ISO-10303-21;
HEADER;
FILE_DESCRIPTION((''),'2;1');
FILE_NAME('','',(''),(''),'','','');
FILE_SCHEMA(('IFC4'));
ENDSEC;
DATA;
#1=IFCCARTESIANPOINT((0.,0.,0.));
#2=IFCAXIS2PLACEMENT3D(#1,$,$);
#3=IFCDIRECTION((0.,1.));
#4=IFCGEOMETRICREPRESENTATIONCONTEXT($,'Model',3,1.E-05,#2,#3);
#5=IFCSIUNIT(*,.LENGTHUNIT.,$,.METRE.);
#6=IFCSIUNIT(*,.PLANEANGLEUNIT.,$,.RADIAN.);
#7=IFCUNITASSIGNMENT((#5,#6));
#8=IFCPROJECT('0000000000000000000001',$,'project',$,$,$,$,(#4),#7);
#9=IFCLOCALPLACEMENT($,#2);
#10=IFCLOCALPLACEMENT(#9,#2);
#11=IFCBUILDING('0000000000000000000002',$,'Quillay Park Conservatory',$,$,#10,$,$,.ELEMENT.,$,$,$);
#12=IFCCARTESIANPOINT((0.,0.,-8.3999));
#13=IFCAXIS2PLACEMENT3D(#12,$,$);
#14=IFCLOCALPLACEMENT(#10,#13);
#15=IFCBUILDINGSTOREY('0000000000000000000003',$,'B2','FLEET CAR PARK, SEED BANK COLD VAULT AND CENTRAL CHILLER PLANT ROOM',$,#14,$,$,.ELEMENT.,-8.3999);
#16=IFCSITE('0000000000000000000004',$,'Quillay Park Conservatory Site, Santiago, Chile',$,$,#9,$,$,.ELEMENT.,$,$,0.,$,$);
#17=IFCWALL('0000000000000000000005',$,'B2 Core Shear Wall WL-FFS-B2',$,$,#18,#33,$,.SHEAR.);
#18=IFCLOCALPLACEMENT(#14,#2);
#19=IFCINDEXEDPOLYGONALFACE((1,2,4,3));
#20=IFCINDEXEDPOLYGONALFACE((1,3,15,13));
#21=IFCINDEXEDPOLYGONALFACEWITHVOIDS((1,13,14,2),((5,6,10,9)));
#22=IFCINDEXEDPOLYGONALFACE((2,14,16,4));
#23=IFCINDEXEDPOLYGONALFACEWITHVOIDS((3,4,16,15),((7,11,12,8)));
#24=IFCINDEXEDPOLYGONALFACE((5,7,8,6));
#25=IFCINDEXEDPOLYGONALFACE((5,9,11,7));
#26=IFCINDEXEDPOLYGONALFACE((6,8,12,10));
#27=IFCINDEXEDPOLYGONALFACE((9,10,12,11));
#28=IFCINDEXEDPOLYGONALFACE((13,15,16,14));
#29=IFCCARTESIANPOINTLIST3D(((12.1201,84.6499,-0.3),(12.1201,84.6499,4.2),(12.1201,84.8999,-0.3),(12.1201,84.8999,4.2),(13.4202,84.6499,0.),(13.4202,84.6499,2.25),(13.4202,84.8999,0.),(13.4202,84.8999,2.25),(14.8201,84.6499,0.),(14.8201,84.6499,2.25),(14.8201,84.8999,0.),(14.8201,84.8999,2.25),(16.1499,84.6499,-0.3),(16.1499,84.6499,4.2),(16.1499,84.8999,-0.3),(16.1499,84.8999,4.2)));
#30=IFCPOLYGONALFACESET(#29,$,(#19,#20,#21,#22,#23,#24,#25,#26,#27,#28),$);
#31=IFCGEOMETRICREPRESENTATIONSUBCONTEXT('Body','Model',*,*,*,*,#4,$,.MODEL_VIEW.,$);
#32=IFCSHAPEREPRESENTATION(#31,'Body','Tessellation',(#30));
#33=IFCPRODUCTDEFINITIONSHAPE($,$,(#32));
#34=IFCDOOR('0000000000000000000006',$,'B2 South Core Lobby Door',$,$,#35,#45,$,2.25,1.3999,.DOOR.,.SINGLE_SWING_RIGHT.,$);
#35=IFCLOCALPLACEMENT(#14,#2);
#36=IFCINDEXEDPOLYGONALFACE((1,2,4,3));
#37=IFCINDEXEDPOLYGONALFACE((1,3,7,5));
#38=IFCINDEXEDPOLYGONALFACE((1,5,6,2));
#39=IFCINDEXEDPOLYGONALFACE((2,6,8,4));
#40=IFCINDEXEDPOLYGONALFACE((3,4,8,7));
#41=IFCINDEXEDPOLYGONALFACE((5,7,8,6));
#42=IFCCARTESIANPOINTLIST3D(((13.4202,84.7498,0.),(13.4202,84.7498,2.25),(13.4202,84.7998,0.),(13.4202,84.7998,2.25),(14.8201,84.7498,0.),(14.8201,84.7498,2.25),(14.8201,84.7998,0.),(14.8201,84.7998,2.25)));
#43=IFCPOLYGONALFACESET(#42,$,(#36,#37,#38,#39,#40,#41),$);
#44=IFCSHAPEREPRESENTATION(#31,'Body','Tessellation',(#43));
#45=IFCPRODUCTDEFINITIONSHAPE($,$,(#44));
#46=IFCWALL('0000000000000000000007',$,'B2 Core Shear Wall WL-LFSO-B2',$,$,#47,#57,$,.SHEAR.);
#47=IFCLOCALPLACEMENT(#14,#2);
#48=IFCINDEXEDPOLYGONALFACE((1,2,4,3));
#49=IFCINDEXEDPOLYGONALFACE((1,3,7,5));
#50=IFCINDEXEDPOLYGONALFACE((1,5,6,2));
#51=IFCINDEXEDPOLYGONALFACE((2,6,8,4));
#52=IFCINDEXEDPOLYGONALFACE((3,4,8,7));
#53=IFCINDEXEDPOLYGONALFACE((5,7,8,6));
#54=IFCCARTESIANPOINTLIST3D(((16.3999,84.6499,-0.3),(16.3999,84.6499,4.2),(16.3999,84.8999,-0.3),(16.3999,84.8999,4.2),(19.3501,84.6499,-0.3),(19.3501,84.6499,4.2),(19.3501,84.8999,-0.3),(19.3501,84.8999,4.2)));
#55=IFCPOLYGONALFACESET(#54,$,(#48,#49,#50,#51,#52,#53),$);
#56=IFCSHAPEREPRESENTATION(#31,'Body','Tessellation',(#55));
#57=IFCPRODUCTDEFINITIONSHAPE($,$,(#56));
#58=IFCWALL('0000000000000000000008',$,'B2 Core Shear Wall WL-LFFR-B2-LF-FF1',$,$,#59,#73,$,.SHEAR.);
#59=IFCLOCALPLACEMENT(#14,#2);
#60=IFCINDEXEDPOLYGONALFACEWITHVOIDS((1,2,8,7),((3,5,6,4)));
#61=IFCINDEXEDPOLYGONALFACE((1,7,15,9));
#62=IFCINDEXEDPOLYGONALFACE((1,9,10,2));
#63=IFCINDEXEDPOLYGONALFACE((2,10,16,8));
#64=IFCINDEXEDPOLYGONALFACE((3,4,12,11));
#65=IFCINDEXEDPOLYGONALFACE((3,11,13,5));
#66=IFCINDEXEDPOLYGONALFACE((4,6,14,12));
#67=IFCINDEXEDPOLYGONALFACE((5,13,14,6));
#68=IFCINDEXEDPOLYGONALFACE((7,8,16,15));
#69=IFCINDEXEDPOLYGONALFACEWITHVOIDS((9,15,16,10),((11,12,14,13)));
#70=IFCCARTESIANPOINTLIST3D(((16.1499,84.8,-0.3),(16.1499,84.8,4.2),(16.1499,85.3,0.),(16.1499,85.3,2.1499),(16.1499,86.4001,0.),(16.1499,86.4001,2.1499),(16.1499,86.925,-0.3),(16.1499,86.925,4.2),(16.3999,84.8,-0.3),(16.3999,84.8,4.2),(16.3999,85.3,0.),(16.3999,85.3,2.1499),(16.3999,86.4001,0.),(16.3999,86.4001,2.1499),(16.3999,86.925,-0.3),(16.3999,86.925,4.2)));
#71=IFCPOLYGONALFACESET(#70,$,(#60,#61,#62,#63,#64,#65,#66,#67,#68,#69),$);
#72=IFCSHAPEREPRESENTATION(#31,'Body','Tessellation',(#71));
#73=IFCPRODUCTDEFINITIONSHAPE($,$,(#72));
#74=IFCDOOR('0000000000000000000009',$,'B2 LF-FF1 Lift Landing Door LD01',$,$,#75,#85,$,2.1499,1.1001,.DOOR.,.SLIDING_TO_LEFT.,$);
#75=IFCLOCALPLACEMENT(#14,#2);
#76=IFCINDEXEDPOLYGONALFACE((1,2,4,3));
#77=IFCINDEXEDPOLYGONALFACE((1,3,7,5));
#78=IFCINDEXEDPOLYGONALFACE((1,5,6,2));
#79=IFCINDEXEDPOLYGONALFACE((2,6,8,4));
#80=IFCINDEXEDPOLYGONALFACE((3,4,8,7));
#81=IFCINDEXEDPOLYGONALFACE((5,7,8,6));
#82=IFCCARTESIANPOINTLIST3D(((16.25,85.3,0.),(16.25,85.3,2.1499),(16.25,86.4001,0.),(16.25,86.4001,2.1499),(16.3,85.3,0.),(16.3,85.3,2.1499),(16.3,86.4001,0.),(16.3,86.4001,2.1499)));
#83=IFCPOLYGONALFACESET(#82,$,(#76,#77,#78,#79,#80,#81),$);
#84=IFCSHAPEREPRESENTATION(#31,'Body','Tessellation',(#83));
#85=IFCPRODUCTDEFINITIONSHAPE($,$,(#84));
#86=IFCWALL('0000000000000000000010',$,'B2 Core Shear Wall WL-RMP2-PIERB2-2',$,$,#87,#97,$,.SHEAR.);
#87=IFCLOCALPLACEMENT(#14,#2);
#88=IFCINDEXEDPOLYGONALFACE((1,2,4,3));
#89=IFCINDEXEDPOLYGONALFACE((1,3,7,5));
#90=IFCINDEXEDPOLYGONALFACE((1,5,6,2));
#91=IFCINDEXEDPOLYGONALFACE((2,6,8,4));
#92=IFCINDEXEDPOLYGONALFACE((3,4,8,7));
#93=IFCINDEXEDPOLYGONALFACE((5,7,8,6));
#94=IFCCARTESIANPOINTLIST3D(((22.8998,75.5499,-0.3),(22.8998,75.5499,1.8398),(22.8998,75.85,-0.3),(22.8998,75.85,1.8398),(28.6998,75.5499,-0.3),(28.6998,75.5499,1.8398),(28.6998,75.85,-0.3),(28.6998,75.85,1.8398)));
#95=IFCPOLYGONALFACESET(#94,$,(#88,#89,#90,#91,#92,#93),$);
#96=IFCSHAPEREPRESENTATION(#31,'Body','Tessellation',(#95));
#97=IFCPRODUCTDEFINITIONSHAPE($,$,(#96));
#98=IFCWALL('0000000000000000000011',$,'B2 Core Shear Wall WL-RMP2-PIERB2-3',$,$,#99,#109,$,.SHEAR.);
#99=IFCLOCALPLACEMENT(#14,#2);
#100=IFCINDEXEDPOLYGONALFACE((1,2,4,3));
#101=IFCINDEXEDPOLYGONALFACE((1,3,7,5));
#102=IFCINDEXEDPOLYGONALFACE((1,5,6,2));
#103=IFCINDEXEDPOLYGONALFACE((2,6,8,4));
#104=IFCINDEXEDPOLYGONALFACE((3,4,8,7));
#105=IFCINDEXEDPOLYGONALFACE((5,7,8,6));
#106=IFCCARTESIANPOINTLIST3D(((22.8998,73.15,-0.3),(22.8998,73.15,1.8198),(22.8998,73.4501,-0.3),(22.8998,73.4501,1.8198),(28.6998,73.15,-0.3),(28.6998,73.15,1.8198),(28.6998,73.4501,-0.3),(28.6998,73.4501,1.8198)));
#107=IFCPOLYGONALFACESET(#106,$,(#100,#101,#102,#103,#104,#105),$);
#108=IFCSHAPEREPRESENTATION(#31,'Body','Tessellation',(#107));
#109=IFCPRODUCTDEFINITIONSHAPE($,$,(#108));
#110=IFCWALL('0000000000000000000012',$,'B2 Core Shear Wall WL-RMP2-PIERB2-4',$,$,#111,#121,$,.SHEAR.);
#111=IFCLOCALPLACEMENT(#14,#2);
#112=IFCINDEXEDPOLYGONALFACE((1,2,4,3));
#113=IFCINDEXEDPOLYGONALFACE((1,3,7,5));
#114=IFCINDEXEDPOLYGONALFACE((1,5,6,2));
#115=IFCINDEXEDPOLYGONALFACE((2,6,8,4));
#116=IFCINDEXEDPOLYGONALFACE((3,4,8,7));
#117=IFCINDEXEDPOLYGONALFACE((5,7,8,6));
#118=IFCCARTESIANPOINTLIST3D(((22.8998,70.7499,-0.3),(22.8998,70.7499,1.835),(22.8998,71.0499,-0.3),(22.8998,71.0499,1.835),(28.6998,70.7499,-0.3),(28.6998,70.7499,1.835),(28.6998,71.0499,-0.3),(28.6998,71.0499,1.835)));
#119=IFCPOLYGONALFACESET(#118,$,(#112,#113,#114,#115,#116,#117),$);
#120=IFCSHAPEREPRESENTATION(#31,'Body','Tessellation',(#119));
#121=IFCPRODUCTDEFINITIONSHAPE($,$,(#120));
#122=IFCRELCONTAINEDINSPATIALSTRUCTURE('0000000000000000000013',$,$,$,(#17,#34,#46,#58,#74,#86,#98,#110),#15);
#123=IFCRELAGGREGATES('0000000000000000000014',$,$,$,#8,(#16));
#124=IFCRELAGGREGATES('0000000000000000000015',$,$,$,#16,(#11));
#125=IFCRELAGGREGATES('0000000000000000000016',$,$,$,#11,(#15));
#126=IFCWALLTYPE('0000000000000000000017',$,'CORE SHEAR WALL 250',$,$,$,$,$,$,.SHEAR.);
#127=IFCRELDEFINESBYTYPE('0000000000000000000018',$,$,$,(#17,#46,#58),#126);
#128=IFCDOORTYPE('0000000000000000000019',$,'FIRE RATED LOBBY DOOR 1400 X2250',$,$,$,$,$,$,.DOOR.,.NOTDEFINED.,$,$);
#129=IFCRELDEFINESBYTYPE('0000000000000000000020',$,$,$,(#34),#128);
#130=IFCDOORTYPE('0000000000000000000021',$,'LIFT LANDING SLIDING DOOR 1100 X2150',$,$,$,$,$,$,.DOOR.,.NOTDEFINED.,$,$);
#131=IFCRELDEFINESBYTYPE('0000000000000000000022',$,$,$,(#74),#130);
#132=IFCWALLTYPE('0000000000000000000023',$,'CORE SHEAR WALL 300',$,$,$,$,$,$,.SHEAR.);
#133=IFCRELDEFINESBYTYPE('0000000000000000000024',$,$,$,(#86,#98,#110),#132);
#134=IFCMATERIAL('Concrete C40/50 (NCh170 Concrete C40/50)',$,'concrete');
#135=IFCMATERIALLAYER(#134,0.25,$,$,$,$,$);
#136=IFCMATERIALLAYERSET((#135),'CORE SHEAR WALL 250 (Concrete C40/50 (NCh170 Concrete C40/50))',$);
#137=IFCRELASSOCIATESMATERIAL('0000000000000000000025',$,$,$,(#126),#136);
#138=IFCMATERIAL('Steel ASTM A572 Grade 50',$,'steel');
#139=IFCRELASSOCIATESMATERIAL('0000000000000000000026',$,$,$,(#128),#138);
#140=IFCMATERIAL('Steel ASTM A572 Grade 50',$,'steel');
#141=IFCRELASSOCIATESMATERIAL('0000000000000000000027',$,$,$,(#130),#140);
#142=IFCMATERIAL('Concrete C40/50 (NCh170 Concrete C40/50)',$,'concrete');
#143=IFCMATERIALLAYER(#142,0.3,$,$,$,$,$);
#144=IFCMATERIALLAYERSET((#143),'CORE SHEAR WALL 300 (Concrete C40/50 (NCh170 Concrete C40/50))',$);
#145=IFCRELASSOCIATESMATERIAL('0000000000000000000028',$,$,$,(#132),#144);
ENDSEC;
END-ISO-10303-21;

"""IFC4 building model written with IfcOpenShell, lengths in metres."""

from ifc_helpers import new_model, si_unit, direction, frame, frame_2d, origin, place, context, subcontext, project, spatial, rectangle, extrude, material, layer, layer_set, type_object, element, fill, save


model = new_model("IFC4")

# Units and contexts
model_context = context("Model", 3, precision=1e-05, world=origin(), true_north=direction((0.0, 1.0)))
body_context = subcontext(model_context, "Body", "Model", "MODEL_VIEW")
ifc_project = project(units=[si_unit("LENGTHUNIT", "METRE"), si_unit("PLANEANGLEUNIT", "RADIAN")], contexts=[model_context])

# Site, building, storey
site_placement = place(None, origin())
site = spatial("IfcSite", under=ifc_project, at=site_placement, Name="Quillay Park Conservatory Site, Santiago, Chile", CompositionType="ELEMENT", RefElevation=0.0)
building_placement = place(site_placement, origin())
building = spatial("IfcBuilding", under=site, at=building_placement, Name="Quillay Park Conservatory", CompositionType="ELEMENT")
storey_placement = place(building_placement, frame((0.0, 0.0, -8.3999)))
storey = spatial("IfcBuildingStorey", under=building, at=storey_placement, Name="B2", Description="FLEET CAR PARK, SEED BANK COLD VAULT AND CENTRAL CHILLER PLANT ROOM", CompositionType="ELEMENT", Elevation=-8.3999)

# Wall, opening, door
ifc_material_1 = material(Name="Concrete C40/50 (NCh170 Concrete C40/50)", Category="concrete")
ifc_layer_1 = layer(ifc_material_1, 0.25)
ifc_layer_set_1 = layer_set([ifc_layer_1], Name="CORE SHEAR WALL 250 (Concrete C40/50 (NCh170 Concrete C40/50))")
wall_type_1 = type_object("IfcWallType", Name="CORE SHEAR WALL 250", PredefinedType="SHEAR", material=ifc_layer_set_1)
wall_1_placement = place(storey_placement, frame((12.1201, 84.7749, -0.3), z_axis=(0.0, 0.0, 1.0), x_axis=(1.0, 0.0, 0.0)))
wall_1 = element("IfcWall", 1, at=wall_1_placement, inside=storey, type_object=wall_type_1, Name="B2 Core Shear Wall WL-FFS-B2", PredefinedType="SHEAR", context=body_context, shape_type="SweptSolid", body=[
    extrude(rectangle(XDim=4.0298, YDim=0.25, at=frame_2d((2.0149, 0.0))), origin(), (0.0, 0.0, 1.0), 4.5),
])
opening_1_placement = place(wall_1_placement, frame((1.3, 0.0, 0.3)))
opening_1 = element("IfcOpeningElement", 2, at=opening_1_placement, cuts=wall_1, PredefinedType="OPENING", context=body_context, shape_type="SweptSolid", body=[
    extrude(rectangle(XDim=1.3999, YDim=2.25, at=frame_2d((0.7, 1.125))), frame((0.0, 0.125, 0.0), z_axis=(0.0, -1.0, 0.0), x_axis=(1.0, 0.0, 0.0)), (0.0, 0.0, 1.0), 0.25),
])
ifc_material_2 = material(Name="Steel ASTM A572 Grade 50", Category="steel")
door_type_1 = type_object("IfcDoorType", Name="FIRE RATED LOBBY DOOR 1400 X2250", OperationType="NOTDEFINED", PredefinedType="DOOR", material=ifc_material_2)
door_1_placement = place(opening_1_placement, origin())
door_1 = element("IfcDoor", 3, at=door_1_placement, inside=storey, type_object=door_type_1, Name="B2 South Core Lobby Door", OperationType="SINGLE_SWING_RIGHT", OverallHeight=2.25, OverallWidth=1.3999, PredefinedType="DOOR", context=body_context, shape_type="SweptSolid", body=[
    extrude(rectangle(XDim=1.3999, YDim=2.25, at=frame_2d((0.7, 1.125))), frame((0.0, 0.0249, 0.0), z_axis=(0.0, -1.0, 0.0), x_axis=(1.0, 0.0, 0.0)), (0.0, 0.0, 1.0), 0.05),
])
fill(opening_1, door_1)

# Wall
wall_2_placement = place(storey_placement, frame((16.3999, 84.7749, -0.3), z_axis=(0.0, 0.0, 1.0), x_axis=(1.0, 0.0, 0.0)))
element("IfcWall", 4, at=wall_2_placement, inside=storey, type_object=wall_type_1, Name="B2 Core Shear Wall WL-LFSO-B2", PredefinedType="SHEAR", context=body_context, shape_type="SweptSolid", body=[
    extrude(rectangle(XDim=2.9502, YDim=0.25, at=frame_2d((1.4751, 0.0))), origin(), (0.0, 0.0, 1.0), 4.5),
])

# Wall, opening, door
wall_3_placement = place(storey_placement, frame((16.2749, 84.8, -0.3), z_axis=(0.0, 0.0, 1.0), x_axis=(0.0, 1.0, 0.0)))
wall_3 = element("IfcWall", 5, at=wall_3_placement, inside=storey, type_object=wall_type_1, Name="B2 Core Shear Wall WL-LFFR-B2-LF-FF1", PredefinedType="SHEAR", context=body_context, shape_type="SweptSolid", body=[
    extrude(rectangle(XDim=2.125, YDim=0.25, at=frame_2d((1.0625, 0.0))), origin(), (0.0, 0.0, 1.0), 4.5),
])
opening_2_placement = place(wall_3_placement, frame((0.5, 0.0, 0.3)))
opening_2 = element("IfcOpeningElement", 6, at=opening_2_placement, cuts=wall_3, PredefinedType="OPENING", context=body_context, shape_type="SweptSolid", body=[
    extrude(rectangle(XDim=1.1001, YDim=2.1499, at=frame_2d((0.55, 1.075))), frame((0.0, 0.125, 0.0), z_axis=(0.0, -1.0, 0.0), x_axis=(1.0, 0.0, 0.0)), (0.0, 0.0, 1.0), 0.25),
])
ifc_material_3 = material(Name="Steel ASTM A572 Grade 50", Category="steel")
door_type_2 = type_object("IfcDoorType", Name="LIFT LANDING SLIDING DOOR 1100 X2150", OperationType="NOTDEFINED", PredefinedType="DOOR", material=ifc_material_3)
door_2_placement = place(opening_2_placement, origin())
door_2 = element("IfcDoor", 7, at=door_2_placement, inside=storey, type_object=door_type_2, Name="B2 LF-FF1 Lift Landing Door LD01", OperationType="SLIDING_TO_LEFT", OverallHeight=2.1499, OverallWidth=1.1001, PredefinedType="DOOR", context=body_context, shape_type="SweptSolid", body=[
    extrude(rectangle(XDim=1.1001, YDim=2.1499, at=frame_2d((0.55, 1.075))), frame((0.0, 0.0249, 0.0), z_axis=(0.0, -1.0, 0.0), x_axis=(1.0, 0.0, 0.0)), (0.0, 0.0, 1.0), 0.05),
])
fill(opening_2, door_2)

# Walls
ifc_material_4 = material(Name="Concrete C40/50 (NCh170 Concrete C40/50)", Category="concrete")
ifc_layer_2 = layer(ifc_material_4, 0.3)
ifc_layer_set_2 = layer_set([ifc_layer_2], Name="CORE SHEAR WALL 300 (Concrete C40/50 (NCh170 Concrete C40/50))")
wall_type_2 = type_object("IfcWallType", Name="CORE SHEAR WALL 300", PredefinedType="SHEAR", material=ifc_layer_set_2)
wall_4_placement = place(storey_placement, frame((22.8999, 75.7, -0.3), z_axis=(0.0, 0.0, 1.0), x_axis=(1.0, 0.0, 0.0)))
element("IfcWall", 8, at=wall_4_placement, inside=storey, type_object=wall_type_2, Name="B2 Core Shear Wall WL-RMP2-PIERB2-2", PredefinedType="SHEAR", context=body_context, shape_type="SweptSolid", body=[
    extrude(rectangle(XDim=5.8, YDim=0.3, at=frame_2d((2.8999, 0.0))), origin(), (0.0, 0.0, 1.0), 2.1399),
])
wall_5_placement = place(storey_placement, frame((22.8999, 73.3, -0.3), z_axis=(0.0, 0.0, 1.0), x_axis=(1.0, 0.0, 0.0)))
element("IfcWall", 9, at=wall_5_placement, inside=storey, type_object=wall_type_2, Name="B2 Core Shear Wall WL-RMP2-PIERB2-3", PredefinedType="SHEAR", context=body_context, shape_type="SweptSolid", body=[
    extrude(rectangle(XDim=5.8, YDim=0.3, at=frame_2d((2.8999, 0.0))), origin(), (0.0, 0.0, 1.0), 2.1199),
])
wall_6_placement = place(storey_placement, frame((22.8999, 70.8999, -0.3), z_axis=(0.0, 0.0, 1.0), x_axis=(1.0, 0.0, 0.0)))
element("IfcWall", 10, at=wall_6_placement, inside=storey, type_object=wall_type_2, Name="B2 Core Shear Wall WL-RMP2-PIERB2-4", PredefinedType="SHEAR", context=body_context, shape_type="SweptSolid", body=[
    extrude(rectangle(XDim=5.8, YDim=0.3, at=frame_2d((2.8999, 0.0))), origin(), (0.0, 0.0, 1.0), 2.135),
])

save(model, "model.ifc")
